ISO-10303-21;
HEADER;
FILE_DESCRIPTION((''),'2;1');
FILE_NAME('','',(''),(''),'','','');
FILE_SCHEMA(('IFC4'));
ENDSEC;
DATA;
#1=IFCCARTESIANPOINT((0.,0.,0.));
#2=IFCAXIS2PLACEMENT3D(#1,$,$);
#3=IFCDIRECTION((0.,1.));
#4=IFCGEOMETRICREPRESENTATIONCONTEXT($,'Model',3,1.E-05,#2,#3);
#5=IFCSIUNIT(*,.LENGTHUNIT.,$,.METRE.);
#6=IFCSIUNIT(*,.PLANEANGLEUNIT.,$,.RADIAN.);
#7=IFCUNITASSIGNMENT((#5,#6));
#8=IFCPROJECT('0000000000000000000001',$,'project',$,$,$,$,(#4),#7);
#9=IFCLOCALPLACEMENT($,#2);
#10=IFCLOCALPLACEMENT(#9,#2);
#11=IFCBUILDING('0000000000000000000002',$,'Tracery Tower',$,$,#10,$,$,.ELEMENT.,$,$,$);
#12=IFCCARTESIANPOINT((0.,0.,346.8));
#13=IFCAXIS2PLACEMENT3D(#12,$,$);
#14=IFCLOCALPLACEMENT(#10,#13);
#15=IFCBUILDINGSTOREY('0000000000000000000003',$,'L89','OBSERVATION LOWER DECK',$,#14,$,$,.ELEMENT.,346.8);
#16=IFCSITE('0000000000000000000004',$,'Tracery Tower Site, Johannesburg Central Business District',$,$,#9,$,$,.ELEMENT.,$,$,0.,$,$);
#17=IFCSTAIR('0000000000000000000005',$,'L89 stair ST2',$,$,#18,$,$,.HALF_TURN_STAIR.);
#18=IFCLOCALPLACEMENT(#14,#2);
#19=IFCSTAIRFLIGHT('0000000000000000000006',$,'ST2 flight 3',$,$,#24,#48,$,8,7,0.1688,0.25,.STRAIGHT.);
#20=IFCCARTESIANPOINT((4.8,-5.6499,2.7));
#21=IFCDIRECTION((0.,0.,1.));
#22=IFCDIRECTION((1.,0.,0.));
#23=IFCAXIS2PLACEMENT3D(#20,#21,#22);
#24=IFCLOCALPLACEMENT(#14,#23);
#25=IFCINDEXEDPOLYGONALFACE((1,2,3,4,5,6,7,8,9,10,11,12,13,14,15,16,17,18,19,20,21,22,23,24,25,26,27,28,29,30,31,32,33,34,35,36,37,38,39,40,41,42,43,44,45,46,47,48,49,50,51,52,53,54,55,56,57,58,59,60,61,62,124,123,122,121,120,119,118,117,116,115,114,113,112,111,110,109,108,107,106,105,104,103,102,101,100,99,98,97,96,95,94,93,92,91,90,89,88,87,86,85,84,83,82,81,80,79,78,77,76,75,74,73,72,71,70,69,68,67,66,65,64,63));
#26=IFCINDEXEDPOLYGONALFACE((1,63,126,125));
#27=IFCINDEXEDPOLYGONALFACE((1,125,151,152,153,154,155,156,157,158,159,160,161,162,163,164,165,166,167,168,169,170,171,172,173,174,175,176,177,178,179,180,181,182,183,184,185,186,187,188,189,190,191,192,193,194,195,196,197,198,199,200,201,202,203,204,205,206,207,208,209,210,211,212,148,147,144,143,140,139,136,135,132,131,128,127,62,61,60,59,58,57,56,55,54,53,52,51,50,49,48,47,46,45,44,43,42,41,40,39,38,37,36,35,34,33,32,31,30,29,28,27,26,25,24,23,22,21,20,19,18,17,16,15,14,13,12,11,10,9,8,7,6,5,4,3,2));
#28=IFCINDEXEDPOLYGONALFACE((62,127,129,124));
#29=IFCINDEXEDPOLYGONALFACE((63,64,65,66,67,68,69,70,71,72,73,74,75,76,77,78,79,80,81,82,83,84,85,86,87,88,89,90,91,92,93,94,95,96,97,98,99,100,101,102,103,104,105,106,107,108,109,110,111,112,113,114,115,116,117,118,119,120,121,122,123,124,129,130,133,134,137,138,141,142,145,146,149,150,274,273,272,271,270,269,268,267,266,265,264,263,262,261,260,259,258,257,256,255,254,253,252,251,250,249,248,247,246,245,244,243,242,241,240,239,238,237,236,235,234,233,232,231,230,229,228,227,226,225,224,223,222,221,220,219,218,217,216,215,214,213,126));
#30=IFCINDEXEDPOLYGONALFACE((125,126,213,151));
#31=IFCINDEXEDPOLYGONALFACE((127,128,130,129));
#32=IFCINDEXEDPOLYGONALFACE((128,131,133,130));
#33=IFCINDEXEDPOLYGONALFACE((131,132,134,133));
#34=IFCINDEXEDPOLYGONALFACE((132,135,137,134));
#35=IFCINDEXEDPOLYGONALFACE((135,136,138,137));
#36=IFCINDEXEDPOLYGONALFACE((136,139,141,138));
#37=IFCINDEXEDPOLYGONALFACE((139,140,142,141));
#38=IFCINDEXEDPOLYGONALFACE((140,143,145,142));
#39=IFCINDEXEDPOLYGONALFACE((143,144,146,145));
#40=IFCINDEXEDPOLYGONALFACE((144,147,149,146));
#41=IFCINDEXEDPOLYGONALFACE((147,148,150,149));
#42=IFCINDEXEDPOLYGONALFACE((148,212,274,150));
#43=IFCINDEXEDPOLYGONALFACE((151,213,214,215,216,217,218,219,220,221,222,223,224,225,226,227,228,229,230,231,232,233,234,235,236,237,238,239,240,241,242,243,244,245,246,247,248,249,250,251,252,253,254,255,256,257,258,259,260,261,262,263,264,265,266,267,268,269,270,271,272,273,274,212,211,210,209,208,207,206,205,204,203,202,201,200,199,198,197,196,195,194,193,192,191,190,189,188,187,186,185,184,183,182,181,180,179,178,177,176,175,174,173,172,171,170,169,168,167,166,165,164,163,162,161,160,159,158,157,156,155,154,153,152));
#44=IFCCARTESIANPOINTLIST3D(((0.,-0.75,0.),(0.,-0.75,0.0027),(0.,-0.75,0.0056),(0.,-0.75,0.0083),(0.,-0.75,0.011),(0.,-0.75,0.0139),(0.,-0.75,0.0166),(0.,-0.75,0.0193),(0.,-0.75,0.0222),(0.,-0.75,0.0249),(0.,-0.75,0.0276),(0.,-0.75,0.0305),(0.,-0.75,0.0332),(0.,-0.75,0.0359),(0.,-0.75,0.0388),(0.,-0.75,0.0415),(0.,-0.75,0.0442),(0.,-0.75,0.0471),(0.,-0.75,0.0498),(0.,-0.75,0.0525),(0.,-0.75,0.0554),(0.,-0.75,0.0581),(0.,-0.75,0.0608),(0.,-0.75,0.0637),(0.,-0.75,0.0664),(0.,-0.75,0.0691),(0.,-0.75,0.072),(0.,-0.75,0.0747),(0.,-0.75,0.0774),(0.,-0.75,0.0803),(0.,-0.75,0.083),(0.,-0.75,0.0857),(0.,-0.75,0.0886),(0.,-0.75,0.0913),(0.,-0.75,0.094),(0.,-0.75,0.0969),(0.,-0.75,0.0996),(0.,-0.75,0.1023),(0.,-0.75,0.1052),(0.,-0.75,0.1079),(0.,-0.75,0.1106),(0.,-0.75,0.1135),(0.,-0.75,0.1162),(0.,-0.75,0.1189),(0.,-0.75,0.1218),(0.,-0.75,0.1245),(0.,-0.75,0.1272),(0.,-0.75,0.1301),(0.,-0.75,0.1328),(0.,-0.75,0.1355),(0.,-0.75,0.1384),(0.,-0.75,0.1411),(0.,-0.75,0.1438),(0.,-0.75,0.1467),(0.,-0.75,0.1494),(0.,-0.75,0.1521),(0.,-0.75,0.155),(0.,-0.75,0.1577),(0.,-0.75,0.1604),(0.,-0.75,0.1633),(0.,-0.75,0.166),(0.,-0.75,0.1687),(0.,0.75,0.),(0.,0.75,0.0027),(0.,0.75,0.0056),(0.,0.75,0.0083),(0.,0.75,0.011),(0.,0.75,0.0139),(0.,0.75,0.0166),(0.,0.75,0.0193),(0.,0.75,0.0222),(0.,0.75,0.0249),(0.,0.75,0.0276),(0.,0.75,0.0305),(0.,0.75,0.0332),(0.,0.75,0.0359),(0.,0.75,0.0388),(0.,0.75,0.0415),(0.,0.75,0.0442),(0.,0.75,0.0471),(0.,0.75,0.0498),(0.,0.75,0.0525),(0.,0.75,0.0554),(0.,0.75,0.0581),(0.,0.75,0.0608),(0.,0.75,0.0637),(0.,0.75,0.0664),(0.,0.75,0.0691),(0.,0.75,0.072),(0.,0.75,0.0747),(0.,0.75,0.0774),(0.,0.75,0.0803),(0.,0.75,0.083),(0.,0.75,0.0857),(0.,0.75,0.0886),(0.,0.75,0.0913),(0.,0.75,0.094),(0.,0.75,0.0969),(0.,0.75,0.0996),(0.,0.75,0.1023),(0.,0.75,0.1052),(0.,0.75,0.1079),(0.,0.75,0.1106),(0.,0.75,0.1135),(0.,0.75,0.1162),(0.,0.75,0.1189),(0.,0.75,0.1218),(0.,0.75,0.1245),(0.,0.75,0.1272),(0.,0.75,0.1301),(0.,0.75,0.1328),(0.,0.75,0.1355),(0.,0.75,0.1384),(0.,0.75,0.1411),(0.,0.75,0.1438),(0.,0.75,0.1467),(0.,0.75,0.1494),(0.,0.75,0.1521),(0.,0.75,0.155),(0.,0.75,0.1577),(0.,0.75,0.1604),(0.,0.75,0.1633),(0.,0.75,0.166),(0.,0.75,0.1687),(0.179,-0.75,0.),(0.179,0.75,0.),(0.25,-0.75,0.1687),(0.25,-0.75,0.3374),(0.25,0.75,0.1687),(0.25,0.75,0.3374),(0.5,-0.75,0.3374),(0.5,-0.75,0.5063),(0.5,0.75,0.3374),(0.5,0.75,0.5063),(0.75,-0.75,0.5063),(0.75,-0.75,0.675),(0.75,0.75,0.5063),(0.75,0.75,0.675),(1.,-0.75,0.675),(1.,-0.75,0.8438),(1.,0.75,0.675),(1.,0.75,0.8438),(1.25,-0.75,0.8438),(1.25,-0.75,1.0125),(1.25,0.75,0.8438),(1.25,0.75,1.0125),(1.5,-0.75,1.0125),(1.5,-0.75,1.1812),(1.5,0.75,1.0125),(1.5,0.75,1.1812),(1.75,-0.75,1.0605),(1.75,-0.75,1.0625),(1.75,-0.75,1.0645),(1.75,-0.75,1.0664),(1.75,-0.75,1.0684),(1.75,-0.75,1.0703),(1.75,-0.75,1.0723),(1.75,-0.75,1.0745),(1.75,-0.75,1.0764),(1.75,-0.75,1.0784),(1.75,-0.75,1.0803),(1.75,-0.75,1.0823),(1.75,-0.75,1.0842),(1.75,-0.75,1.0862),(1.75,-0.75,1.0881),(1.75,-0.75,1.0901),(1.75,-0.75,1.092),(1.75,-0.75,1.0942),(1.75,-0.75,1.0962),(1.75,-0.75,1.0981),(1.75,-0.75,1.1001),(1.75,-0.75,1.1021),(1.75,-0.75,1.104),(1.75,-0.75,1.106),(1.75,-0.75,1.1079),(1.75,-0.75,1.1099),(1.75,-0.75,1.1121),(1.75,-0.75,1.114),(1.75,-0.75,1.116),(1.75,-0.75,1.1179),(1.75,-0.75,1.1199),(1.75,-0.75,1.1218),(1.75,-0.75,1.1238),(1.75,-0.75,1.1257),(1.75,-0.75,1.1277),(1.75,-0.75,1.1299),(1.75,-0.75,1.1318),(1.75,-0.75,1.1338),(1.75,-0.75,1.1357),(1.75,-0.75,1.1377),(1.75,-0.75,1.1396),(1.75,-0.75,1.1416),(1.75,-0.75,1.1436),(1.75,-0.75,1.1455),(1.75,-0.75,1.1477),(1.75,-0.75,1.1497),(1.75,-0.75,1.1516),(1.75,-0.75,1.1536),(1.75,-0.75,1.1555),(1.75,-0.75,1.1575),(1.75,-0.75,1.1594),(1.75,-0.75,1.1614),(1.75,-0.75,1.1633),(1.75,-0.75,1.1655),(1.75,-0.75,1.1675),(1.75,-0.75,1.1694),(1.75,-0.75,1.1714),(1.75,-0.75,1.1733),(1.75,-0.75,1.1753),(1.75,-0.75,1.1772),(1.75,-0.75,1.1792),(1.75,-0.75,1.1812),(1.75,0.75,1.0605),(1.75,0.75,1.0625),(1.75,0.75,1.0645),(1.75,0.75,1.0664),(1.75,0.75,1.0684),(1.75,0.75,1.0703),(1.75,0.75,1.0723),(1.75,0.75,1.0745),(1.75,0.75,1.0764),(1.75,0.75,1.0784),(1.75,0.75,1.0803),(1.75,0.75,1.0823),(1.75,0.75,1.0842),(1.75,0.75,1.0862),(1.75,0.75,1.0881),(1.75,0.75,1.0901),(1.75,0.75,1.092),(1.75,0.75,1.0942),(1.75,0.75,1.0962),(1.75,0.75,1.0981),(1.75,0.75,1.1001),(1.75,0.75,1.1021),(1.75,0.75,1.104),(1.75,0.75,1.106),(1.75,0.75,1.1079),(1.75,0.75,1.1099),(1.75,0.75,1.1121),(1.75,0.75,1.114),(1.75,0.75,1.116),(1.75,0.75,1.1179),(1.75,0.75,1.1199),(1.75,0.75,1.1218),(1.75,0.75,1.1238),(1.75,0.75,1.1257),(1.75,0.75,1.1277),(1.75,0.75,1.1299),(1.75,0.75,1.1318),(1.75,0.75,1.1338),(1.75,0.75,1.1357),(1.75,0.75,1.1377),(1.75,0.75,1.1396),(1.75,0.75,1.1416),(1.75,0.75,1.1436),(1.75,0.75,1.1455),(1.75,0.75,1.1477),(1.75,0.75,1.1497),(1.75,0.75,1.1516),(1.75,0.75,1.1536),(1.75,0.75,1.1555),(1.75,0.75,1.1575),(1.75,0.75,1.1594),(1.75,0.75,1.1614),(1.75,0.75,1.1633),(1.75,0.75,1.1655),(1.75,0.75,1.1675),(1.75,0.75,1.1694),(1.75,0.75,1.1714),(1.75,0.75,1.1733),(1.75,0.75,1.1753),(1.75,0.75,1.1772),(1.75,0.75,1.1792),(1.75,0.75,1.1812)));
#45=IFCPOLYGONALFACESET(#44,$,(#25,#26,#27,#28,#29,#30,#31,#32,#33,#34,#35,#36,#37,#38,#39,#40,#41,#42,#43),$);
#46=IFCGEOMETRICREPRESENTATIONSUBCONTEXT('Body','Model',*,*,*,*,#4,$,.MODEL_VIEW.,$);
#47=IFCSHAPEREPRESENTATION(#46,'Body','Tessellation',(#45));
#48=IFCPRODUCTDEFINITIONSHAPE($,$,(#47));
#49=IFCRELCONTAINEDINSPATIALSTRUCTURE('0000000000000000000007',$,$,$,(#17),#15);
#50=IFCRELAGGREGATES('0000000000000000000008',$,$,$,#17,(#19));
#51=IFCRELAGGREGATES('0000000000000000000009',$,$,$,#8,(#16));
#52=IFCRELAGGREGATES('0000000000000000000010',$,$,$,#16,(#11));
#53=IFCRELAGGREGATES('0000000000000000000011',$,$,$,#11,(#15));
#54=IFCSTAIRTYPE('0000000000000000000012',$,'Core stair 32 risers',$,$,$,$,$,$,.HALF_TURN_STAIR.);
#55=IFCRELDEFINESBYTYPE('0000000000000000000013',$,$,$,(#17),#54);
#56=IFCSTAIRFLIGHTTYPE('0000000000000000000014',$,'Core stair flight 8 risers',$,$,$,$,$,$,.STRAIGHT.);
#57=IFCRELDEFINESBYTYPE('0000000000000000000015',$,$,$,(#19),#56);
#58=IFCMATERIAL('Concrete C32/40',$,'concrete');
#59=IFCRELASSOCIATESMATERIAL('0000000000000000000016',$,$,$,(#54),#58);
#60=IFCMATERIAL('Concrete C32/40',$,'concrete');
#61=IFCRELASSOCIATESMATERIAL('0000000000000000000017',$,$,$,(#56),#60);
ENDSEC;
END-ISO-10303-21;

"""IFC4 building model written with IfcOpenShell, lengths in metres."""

from ifc_helpers import new_model, si_unit, direction, frame, origin, place, context, subcontext, project, spatial, polyline, outline, extrude, material, type_object, element, aggregate, save


model = new_model("IFC4")

# Units and contexts
model_context = context("Model", 3, precision=1e-05, world=origin(), true_north=direction((0.0, 1.0)))
body_context = subcontext(model_context, "Body", "Model", "MODEL_VIEW")
ifc_project = project(units=[si_unit("LENGTHUNIT", "METRE"), si_unit("PLANEANGLEUNIT", "RADIAN")], contexts=[model_context])

# Site, building, storey
site_placement = place(None, origin())
site = spatial("IfcSite", under=ifc_project, at=site_placement, Name="Tracery Tower Site, Johannesburg Central Business District", CompositionType="ELEMENT", RefElevation=0.0)
building_placement = place(site_placement, origin())
building = spatial("IfcBuilding", under=site, at=building_placement, Name="Tracery Tower", CompositionType="ELEMENT")
storey_placement = place(building_placement, frame((0.0, 0.0, 346.8)))
storey = spatial("IfcBuildingStorey", under=building, at=storey_placement, Name="L89", Description="OBSERVATION LOWER DECK", CompositionType="ELEMENT", Elevation=346.8)

# Stair, stair flight
ifc_material_1 = material(Name="Concrete C32/40", Category="concrete")
stair_type = type_object("IfcStairType", Name="Core stair 32 risers", PredefinedType="HALF_TURN_STAIR", material=ifc_material_1)
stair_placement = place(storey_placement, origin())
stair = element("IfcStair", 1, at=stair_placement, inside=storey, type_object=stair_type, Name="L89 stair ST2", PredefinedType="HALF_TURN_STAIR")
ifc_material_2 = material(Name="Concrete C32/40", Category="concrete")
stair_flight_type = type_object("IfcStairFlightType", Name="Core stair flight 8 risers", PredefinedType="STRAIGHT", material=ifc_material_2)
stair_flight_1_placement = place(storey_placement, frame((4.8, -5.6499, 2.7), z_axis=(0.0, 0.0, 1.0), x_axis=(1.0, 0.0, 0.0)))
stair_flight_1 = element("IfcStairFlight", 2, at=stair_flight_1_placement, type_object=stair_flight_type, Name="ST2 flight 3", NumberOfRisers=8, NumberOfTreads=7, PredefinedType="STRAIGHT", RiserHeight=0.1688, TreadLength=0.25, context=body_context, shape_type="SweptSolid", body=[
    extrude(outline(polyline([(0.0, 0.0), (0.0, 0.0027), (0.0, 0.0056), (0.0, 0.0083), (0.0, 0.011), (0.0, 0.0139), (0.0, 0.0166), (0.0, 0.0193), (0.0, 0.0222), (0.0, 0.0249), (0.0, 0.0276), (0.0, 0.0305), (0.0, 0.0332), (0.0, 0.0359), (0.0, 0.0388), (0.0, 0.0415), (0.0, 0.0442), (0.0, 0.0471), (0.0, 0.0498), (0.0, 0.0525), (0.0, 0.0554), (0.0, 0.0581), (0.0, 0.0608), (0.0, 0.0637), (0.0, 0.0664), (0.0, 0.0691), (0.0, 0.072), (0.0, 0.0747), (0.0, 0.0774), (0.0, 0.0803), (0.0, 0.083), (0.0, 0.0857), (0.0, 0.0886), (0.0, 0.0913), (0.0, 0.094), (0.0, 0.0969), (0.0, 0.0996), (0.0, 0.1023), (0.0, 0.1052), (0.0, 0.1079), (0.0, 0.1106), (0.0, 0.1135), (0.0, 0.1162), (0.0, 0.1189), (0.0, 0.1218), (0.0, 0.1245), (0.0, 0.1272), (0.0, 0.1301), (0.0, 0.1328), (0.0, 0.1355), (0.0, 0.1384), (0.0, 0.1411), (0.0, 0.1438), (0.0, 0.1467), (0.0, 0.1494), (0.0, 0.1521), (0.0, 0.155), (0.0, 0.1577), (0.0, 0.1604), (0.0, 0.1633), (0.0, 0.166), (0.0, 0.1687), (0.25, 0.1687), (0.25, 0.3374), (0.5, 0.3374), (0.5, 0.5063), (0.75, 0.5063), (0.75, 0.675), (1.0, 0.675), (1.0, 0.8438), (1.25, 0.8438), (1.25, 1.0125), (1.5, 1.0125), (1.5, 1.1812), (1.75, 1.1812), (1.75, 1.1792), (1.75, 1.1772), (1.75, 1.1753), (1.75, 1.1733), (1.75, 1.1714), (1.75, 1.1694), (1.75, 1.1675), (1.75, 1.1655), (1.75, 1.1633), (1.75, 1.1614), (1.75, 1.1594), (1.75, 1.1575), (1.75, 1.1555), (1.75, 1.1536), (1.75, 1.1516), (1.75, 1.1497), (1.75, 1.1477), (1.75, 1.1455), (1.75, 1.1436), (1.75, 1.1416), (1.75, 1.1396), (1.75, 1.1377), (1.75, 1.1357), (1.75, 1.1338), (1.75, 1.1318), (1.75, 1.1299), (1.75, 1.1277), (1.75, 1.1257), (1.75, 1.1238), (1.75, 1.1218), (1.75, 1.1199), (1.75, 1.1179), (1.75, 1.116), (1.75, 1.114), (1.75, 1.1121), (1.75, 1.1099), (1.75, 1.1079), (1.75, 1.106), (1.75, 1.104), (1.75, 1.1021), (1.75, 1.1001), (1.75, 1.0981), (1.75, 1.0962), (1.75, 1.0942), (1.75, 1.092), (1.75, 1.0901), (1.75, 1.0881), (1.75, 1.0862), (1.75, 1.0842), (1.75, 1.0823), (1.75, 1.0803), (1.75, 1.0784), (1.75, 1.0764), (1.75, 1.0745), (1.75, 1.0723), (1.75, 1.0703), (1.75, 1.0684), (1.75, 1.0664), (1.75, 1.0645), (1.75, 1.0625), (1.75, 1.0605), (0.179, 0.0), (0.0, 0.0)])), frame((0.0, 0.75, 0.0), z_axis=(0.0, -1.0, 0.0), x_axis=(1.0, 0.0, 0.0)), (0.0, 0.0, 1.0), 1.5),
])
aggregate(stair, [stair_flight_1])

save(model, "model.ifc")
